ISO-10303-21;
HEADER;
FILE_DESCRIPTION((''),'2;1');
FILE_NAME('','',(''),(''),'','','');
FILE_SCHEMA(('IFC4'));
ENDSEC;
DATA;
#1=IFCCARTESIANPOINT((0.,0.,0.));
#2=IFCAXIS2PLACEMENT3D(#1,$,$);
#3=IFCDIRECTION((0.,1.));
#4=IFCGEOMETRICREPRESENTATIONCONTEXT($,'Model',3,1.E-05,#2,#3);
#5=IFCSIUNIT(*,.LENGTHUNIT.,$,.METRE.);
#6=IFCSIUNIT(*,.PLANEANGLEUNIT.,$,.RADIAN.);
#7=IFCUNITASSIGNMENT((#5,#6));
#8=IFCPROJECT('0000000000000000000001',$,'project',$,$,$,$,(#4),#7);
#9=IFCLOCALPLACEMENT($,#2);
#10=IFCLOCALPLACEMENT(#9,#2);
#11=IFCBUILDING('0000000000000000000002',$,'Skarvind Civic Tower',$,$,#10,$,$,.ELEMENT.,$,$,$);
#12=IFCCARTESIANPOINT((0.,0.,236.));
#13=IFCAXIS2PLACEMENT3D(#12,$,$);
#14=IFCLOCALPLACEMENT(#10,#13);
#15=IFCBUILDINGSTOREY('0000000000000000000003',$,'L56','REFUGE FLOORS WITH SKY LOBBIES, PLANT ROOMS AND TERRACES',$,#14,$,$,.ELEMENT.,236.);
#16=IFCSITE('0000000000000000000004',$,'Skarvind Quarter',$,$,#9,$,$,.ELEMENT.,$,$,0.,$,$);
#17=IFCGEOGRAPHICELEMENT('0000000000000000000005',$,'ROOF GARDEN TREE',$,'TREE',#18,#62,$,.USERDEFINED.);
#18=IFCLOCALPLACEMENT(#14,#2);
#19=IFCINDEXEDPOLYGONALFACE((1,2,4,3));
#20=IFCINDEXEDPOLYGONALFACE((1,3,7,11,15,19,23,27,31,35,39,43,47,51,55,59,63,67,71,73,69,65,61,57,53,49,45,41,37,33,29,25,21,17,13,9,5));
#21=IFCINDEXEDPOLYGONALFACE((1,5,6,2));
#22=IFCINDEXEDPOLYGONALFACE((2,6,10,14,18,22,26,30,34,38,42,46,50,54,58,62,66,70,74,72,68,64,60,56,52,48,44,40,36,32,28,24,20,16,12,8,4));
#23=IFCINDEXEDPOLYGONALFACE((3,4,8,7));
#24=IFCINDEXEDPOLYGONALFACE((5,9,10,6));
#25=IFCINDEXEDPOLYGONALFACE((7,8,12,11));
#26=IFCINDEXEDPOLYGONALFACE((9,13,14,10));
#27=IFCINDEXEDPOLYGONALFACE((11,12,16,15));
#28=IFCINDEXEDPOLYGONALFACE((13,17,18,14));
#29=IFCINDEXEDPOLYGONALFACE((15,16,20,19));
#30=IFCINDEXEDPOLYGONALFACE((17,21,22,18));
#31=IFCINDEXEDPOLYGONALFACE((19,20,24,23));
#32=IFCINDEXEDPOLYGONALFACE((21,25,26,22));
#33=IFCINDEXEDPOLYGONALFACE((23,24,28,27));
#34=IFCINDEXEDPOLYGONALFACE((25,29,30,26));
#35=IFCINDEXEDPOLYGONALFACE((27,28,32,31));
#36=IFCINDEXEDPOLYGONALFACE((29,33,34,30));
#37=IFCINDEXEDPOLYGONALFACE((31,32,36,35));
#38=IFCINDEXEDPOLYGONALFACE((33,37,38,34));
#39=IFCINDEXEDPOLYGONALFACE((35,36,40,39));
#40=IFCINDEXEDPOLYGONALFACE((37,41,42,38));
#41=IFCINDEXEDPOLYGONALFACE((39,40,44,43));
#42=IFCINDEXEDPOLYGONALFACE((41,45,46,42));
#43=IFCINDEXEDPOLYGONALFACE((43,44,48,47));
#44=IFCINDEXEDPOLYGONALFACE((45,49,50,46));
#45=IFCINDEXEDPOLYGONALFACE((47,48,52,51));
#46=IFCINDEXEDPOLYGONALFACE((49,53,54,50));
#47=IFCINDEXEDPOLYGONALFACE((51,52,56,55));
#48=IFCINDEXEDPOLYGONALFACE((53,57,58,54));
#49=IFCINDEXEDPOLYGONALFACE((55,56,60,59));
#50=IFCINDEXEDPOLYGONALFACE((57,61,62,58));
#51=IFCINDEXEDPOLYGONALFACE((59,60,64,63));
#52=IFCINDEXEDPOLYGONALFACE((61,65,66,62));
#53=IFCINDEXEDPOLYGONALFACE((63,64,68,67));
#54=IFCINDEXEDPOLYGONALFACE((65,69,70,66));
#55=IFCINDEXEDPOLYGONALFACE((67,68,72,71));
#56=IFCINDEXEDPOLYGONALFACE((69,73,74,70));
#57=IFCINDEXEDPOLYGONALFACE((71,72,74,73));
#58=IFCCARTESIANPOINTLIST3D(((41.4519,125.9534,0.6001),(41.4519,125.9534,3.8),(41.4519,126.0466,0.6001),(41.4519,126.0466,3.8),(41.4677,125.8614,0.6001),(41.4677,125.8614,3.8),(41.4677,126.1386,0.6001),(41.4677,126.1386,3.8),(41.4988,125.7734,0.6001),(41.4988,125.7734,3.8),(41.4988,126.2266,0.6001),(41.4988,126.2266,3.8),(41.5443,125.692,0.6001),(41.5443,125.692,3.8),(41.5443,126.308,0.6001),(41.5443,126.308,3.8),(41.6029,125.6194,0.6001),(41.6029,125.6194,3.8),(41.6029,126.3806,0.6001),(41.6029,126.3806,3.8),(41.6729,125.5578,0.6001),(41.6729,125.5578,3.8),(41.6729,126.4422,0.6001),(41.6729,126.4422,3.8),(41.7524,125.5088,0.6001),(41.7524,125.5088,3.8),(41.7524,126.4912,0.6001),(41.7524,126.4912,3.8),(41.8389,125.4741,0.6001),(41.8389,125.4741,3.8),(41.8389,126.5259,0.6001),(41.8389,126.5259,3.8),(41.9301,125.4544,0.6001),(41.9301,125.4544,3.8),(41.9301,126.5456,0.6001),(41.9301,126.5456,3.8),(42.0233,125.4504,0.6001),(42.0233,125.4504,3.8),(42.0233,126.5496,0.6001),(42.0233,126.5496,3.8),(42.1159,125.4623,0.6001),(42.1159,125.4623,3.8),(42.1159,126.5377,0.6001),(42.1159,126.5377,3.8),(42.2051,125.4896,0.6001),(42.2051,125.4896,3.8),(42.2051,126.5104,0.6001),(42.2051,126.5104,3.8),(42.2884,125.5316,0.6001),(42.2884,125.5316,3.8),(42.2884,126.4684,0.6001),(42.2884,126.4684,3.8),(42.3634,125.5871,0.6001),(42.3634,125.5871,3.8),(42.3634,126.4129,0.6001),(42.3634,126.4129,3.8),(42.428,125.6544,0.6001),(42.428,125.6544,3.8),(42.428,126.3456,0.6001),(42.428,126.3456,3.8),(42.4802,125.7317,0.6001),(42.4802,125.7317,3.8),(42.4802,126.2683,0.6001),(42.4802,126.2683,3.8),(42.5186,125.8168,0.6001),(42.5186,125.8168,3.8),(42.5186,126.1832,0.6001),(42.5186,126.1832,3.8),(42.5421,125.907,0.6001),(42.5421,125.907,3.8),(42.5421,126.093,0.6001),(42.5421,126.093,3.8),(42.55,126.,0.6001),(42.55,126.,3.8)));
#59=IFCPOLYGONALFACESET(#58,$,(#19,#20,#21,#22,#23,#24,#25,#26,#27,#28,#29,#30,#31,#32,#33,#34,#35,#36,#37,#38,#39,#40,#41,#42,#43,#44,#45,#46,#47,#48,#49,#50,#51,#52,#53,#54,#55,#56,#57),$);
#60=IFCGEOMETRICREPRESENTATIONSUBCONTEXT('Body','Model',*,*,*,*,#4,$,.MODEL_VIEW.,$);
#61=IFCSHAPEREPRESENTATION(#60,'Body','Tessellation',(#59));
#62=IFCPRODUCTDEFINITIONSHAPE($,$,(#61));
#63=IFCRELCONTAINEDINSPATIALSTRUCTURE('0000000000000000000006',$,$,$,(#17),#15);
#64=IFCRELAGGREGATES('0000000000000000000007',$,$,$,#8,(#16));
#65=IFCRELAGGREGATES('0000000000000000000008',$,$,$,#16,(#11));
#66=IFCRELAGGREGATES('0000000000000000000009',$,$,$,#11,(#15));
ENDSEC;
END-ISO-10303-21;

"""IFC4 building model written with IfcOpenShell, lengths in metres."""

from ifc_helpers import new_model, si_unit, direction, frame, origin, origin_2d, place, context, subcontext, project, spatial, circle, extrude, element, save


model = new_model("IFC4")

# Units and contexts
model_context = context("Model", 3, precision=1e-05, world=origin(), true_north=direction((0.0, 1.0)))
body_context = subcontext(model_context, "Body", "Model", "MODEL_VIEW")
ifc_project = project(units=[si_unit("LENGTHUNIT", "METRE"), si_unit("PLANEANGLEUNIT", "RADIAN")], contexts=[model_context])

# Site, building, storey
site_placement = place(None, origin())
site = spatial("IfcSite", under=ifc_project, at=site_placement, Name="Skarvind Quarter", CompositionType="ELEMENT", RefElevation=0.0)
building_placement = place(site_placement, origin())
building = spatial("IfcBuilding", under=site, at=building_placement, Name="Skarvind Civic Tower", CompositionType="ELEMENT")
storey_placement = place(building_placement, frame((0.0, 0.0, 236.0)))
storey = spatial("IfcBuildingStorey", under=building, at=storey_placement, Name="L56", Description="REFUGE FLOORS WITH SKY LOBBIES, PLANT ROOMS AND TERRACES", CompositionType="ELEMENT", Elevation=236.0)

# Geographic element
for number, where, z_axis, x_axis, name in (
    (1, (42.0, 126.0, 0.6001), (0.0, 0.0, 1.0), (1.0, 0.0, 0.0), "ROOF GARDEN TREE"),
):
    element("IfcGeographicElement", number, at=place(storey_placement, frame(where, z_axis=z_axis, x_axis=x_axis)), inside=storey, Name=name, ObjectType="TREE", PredefinedType="USERDEFINED", context=body_context, shape_type="SweptSolid", body=[
        extrude(circle(Radius=0.55, at=origin_2d()), origin(), (0.0, 0.0, 1.0), 3.2),
    ])

save(model, "model.ifc")
